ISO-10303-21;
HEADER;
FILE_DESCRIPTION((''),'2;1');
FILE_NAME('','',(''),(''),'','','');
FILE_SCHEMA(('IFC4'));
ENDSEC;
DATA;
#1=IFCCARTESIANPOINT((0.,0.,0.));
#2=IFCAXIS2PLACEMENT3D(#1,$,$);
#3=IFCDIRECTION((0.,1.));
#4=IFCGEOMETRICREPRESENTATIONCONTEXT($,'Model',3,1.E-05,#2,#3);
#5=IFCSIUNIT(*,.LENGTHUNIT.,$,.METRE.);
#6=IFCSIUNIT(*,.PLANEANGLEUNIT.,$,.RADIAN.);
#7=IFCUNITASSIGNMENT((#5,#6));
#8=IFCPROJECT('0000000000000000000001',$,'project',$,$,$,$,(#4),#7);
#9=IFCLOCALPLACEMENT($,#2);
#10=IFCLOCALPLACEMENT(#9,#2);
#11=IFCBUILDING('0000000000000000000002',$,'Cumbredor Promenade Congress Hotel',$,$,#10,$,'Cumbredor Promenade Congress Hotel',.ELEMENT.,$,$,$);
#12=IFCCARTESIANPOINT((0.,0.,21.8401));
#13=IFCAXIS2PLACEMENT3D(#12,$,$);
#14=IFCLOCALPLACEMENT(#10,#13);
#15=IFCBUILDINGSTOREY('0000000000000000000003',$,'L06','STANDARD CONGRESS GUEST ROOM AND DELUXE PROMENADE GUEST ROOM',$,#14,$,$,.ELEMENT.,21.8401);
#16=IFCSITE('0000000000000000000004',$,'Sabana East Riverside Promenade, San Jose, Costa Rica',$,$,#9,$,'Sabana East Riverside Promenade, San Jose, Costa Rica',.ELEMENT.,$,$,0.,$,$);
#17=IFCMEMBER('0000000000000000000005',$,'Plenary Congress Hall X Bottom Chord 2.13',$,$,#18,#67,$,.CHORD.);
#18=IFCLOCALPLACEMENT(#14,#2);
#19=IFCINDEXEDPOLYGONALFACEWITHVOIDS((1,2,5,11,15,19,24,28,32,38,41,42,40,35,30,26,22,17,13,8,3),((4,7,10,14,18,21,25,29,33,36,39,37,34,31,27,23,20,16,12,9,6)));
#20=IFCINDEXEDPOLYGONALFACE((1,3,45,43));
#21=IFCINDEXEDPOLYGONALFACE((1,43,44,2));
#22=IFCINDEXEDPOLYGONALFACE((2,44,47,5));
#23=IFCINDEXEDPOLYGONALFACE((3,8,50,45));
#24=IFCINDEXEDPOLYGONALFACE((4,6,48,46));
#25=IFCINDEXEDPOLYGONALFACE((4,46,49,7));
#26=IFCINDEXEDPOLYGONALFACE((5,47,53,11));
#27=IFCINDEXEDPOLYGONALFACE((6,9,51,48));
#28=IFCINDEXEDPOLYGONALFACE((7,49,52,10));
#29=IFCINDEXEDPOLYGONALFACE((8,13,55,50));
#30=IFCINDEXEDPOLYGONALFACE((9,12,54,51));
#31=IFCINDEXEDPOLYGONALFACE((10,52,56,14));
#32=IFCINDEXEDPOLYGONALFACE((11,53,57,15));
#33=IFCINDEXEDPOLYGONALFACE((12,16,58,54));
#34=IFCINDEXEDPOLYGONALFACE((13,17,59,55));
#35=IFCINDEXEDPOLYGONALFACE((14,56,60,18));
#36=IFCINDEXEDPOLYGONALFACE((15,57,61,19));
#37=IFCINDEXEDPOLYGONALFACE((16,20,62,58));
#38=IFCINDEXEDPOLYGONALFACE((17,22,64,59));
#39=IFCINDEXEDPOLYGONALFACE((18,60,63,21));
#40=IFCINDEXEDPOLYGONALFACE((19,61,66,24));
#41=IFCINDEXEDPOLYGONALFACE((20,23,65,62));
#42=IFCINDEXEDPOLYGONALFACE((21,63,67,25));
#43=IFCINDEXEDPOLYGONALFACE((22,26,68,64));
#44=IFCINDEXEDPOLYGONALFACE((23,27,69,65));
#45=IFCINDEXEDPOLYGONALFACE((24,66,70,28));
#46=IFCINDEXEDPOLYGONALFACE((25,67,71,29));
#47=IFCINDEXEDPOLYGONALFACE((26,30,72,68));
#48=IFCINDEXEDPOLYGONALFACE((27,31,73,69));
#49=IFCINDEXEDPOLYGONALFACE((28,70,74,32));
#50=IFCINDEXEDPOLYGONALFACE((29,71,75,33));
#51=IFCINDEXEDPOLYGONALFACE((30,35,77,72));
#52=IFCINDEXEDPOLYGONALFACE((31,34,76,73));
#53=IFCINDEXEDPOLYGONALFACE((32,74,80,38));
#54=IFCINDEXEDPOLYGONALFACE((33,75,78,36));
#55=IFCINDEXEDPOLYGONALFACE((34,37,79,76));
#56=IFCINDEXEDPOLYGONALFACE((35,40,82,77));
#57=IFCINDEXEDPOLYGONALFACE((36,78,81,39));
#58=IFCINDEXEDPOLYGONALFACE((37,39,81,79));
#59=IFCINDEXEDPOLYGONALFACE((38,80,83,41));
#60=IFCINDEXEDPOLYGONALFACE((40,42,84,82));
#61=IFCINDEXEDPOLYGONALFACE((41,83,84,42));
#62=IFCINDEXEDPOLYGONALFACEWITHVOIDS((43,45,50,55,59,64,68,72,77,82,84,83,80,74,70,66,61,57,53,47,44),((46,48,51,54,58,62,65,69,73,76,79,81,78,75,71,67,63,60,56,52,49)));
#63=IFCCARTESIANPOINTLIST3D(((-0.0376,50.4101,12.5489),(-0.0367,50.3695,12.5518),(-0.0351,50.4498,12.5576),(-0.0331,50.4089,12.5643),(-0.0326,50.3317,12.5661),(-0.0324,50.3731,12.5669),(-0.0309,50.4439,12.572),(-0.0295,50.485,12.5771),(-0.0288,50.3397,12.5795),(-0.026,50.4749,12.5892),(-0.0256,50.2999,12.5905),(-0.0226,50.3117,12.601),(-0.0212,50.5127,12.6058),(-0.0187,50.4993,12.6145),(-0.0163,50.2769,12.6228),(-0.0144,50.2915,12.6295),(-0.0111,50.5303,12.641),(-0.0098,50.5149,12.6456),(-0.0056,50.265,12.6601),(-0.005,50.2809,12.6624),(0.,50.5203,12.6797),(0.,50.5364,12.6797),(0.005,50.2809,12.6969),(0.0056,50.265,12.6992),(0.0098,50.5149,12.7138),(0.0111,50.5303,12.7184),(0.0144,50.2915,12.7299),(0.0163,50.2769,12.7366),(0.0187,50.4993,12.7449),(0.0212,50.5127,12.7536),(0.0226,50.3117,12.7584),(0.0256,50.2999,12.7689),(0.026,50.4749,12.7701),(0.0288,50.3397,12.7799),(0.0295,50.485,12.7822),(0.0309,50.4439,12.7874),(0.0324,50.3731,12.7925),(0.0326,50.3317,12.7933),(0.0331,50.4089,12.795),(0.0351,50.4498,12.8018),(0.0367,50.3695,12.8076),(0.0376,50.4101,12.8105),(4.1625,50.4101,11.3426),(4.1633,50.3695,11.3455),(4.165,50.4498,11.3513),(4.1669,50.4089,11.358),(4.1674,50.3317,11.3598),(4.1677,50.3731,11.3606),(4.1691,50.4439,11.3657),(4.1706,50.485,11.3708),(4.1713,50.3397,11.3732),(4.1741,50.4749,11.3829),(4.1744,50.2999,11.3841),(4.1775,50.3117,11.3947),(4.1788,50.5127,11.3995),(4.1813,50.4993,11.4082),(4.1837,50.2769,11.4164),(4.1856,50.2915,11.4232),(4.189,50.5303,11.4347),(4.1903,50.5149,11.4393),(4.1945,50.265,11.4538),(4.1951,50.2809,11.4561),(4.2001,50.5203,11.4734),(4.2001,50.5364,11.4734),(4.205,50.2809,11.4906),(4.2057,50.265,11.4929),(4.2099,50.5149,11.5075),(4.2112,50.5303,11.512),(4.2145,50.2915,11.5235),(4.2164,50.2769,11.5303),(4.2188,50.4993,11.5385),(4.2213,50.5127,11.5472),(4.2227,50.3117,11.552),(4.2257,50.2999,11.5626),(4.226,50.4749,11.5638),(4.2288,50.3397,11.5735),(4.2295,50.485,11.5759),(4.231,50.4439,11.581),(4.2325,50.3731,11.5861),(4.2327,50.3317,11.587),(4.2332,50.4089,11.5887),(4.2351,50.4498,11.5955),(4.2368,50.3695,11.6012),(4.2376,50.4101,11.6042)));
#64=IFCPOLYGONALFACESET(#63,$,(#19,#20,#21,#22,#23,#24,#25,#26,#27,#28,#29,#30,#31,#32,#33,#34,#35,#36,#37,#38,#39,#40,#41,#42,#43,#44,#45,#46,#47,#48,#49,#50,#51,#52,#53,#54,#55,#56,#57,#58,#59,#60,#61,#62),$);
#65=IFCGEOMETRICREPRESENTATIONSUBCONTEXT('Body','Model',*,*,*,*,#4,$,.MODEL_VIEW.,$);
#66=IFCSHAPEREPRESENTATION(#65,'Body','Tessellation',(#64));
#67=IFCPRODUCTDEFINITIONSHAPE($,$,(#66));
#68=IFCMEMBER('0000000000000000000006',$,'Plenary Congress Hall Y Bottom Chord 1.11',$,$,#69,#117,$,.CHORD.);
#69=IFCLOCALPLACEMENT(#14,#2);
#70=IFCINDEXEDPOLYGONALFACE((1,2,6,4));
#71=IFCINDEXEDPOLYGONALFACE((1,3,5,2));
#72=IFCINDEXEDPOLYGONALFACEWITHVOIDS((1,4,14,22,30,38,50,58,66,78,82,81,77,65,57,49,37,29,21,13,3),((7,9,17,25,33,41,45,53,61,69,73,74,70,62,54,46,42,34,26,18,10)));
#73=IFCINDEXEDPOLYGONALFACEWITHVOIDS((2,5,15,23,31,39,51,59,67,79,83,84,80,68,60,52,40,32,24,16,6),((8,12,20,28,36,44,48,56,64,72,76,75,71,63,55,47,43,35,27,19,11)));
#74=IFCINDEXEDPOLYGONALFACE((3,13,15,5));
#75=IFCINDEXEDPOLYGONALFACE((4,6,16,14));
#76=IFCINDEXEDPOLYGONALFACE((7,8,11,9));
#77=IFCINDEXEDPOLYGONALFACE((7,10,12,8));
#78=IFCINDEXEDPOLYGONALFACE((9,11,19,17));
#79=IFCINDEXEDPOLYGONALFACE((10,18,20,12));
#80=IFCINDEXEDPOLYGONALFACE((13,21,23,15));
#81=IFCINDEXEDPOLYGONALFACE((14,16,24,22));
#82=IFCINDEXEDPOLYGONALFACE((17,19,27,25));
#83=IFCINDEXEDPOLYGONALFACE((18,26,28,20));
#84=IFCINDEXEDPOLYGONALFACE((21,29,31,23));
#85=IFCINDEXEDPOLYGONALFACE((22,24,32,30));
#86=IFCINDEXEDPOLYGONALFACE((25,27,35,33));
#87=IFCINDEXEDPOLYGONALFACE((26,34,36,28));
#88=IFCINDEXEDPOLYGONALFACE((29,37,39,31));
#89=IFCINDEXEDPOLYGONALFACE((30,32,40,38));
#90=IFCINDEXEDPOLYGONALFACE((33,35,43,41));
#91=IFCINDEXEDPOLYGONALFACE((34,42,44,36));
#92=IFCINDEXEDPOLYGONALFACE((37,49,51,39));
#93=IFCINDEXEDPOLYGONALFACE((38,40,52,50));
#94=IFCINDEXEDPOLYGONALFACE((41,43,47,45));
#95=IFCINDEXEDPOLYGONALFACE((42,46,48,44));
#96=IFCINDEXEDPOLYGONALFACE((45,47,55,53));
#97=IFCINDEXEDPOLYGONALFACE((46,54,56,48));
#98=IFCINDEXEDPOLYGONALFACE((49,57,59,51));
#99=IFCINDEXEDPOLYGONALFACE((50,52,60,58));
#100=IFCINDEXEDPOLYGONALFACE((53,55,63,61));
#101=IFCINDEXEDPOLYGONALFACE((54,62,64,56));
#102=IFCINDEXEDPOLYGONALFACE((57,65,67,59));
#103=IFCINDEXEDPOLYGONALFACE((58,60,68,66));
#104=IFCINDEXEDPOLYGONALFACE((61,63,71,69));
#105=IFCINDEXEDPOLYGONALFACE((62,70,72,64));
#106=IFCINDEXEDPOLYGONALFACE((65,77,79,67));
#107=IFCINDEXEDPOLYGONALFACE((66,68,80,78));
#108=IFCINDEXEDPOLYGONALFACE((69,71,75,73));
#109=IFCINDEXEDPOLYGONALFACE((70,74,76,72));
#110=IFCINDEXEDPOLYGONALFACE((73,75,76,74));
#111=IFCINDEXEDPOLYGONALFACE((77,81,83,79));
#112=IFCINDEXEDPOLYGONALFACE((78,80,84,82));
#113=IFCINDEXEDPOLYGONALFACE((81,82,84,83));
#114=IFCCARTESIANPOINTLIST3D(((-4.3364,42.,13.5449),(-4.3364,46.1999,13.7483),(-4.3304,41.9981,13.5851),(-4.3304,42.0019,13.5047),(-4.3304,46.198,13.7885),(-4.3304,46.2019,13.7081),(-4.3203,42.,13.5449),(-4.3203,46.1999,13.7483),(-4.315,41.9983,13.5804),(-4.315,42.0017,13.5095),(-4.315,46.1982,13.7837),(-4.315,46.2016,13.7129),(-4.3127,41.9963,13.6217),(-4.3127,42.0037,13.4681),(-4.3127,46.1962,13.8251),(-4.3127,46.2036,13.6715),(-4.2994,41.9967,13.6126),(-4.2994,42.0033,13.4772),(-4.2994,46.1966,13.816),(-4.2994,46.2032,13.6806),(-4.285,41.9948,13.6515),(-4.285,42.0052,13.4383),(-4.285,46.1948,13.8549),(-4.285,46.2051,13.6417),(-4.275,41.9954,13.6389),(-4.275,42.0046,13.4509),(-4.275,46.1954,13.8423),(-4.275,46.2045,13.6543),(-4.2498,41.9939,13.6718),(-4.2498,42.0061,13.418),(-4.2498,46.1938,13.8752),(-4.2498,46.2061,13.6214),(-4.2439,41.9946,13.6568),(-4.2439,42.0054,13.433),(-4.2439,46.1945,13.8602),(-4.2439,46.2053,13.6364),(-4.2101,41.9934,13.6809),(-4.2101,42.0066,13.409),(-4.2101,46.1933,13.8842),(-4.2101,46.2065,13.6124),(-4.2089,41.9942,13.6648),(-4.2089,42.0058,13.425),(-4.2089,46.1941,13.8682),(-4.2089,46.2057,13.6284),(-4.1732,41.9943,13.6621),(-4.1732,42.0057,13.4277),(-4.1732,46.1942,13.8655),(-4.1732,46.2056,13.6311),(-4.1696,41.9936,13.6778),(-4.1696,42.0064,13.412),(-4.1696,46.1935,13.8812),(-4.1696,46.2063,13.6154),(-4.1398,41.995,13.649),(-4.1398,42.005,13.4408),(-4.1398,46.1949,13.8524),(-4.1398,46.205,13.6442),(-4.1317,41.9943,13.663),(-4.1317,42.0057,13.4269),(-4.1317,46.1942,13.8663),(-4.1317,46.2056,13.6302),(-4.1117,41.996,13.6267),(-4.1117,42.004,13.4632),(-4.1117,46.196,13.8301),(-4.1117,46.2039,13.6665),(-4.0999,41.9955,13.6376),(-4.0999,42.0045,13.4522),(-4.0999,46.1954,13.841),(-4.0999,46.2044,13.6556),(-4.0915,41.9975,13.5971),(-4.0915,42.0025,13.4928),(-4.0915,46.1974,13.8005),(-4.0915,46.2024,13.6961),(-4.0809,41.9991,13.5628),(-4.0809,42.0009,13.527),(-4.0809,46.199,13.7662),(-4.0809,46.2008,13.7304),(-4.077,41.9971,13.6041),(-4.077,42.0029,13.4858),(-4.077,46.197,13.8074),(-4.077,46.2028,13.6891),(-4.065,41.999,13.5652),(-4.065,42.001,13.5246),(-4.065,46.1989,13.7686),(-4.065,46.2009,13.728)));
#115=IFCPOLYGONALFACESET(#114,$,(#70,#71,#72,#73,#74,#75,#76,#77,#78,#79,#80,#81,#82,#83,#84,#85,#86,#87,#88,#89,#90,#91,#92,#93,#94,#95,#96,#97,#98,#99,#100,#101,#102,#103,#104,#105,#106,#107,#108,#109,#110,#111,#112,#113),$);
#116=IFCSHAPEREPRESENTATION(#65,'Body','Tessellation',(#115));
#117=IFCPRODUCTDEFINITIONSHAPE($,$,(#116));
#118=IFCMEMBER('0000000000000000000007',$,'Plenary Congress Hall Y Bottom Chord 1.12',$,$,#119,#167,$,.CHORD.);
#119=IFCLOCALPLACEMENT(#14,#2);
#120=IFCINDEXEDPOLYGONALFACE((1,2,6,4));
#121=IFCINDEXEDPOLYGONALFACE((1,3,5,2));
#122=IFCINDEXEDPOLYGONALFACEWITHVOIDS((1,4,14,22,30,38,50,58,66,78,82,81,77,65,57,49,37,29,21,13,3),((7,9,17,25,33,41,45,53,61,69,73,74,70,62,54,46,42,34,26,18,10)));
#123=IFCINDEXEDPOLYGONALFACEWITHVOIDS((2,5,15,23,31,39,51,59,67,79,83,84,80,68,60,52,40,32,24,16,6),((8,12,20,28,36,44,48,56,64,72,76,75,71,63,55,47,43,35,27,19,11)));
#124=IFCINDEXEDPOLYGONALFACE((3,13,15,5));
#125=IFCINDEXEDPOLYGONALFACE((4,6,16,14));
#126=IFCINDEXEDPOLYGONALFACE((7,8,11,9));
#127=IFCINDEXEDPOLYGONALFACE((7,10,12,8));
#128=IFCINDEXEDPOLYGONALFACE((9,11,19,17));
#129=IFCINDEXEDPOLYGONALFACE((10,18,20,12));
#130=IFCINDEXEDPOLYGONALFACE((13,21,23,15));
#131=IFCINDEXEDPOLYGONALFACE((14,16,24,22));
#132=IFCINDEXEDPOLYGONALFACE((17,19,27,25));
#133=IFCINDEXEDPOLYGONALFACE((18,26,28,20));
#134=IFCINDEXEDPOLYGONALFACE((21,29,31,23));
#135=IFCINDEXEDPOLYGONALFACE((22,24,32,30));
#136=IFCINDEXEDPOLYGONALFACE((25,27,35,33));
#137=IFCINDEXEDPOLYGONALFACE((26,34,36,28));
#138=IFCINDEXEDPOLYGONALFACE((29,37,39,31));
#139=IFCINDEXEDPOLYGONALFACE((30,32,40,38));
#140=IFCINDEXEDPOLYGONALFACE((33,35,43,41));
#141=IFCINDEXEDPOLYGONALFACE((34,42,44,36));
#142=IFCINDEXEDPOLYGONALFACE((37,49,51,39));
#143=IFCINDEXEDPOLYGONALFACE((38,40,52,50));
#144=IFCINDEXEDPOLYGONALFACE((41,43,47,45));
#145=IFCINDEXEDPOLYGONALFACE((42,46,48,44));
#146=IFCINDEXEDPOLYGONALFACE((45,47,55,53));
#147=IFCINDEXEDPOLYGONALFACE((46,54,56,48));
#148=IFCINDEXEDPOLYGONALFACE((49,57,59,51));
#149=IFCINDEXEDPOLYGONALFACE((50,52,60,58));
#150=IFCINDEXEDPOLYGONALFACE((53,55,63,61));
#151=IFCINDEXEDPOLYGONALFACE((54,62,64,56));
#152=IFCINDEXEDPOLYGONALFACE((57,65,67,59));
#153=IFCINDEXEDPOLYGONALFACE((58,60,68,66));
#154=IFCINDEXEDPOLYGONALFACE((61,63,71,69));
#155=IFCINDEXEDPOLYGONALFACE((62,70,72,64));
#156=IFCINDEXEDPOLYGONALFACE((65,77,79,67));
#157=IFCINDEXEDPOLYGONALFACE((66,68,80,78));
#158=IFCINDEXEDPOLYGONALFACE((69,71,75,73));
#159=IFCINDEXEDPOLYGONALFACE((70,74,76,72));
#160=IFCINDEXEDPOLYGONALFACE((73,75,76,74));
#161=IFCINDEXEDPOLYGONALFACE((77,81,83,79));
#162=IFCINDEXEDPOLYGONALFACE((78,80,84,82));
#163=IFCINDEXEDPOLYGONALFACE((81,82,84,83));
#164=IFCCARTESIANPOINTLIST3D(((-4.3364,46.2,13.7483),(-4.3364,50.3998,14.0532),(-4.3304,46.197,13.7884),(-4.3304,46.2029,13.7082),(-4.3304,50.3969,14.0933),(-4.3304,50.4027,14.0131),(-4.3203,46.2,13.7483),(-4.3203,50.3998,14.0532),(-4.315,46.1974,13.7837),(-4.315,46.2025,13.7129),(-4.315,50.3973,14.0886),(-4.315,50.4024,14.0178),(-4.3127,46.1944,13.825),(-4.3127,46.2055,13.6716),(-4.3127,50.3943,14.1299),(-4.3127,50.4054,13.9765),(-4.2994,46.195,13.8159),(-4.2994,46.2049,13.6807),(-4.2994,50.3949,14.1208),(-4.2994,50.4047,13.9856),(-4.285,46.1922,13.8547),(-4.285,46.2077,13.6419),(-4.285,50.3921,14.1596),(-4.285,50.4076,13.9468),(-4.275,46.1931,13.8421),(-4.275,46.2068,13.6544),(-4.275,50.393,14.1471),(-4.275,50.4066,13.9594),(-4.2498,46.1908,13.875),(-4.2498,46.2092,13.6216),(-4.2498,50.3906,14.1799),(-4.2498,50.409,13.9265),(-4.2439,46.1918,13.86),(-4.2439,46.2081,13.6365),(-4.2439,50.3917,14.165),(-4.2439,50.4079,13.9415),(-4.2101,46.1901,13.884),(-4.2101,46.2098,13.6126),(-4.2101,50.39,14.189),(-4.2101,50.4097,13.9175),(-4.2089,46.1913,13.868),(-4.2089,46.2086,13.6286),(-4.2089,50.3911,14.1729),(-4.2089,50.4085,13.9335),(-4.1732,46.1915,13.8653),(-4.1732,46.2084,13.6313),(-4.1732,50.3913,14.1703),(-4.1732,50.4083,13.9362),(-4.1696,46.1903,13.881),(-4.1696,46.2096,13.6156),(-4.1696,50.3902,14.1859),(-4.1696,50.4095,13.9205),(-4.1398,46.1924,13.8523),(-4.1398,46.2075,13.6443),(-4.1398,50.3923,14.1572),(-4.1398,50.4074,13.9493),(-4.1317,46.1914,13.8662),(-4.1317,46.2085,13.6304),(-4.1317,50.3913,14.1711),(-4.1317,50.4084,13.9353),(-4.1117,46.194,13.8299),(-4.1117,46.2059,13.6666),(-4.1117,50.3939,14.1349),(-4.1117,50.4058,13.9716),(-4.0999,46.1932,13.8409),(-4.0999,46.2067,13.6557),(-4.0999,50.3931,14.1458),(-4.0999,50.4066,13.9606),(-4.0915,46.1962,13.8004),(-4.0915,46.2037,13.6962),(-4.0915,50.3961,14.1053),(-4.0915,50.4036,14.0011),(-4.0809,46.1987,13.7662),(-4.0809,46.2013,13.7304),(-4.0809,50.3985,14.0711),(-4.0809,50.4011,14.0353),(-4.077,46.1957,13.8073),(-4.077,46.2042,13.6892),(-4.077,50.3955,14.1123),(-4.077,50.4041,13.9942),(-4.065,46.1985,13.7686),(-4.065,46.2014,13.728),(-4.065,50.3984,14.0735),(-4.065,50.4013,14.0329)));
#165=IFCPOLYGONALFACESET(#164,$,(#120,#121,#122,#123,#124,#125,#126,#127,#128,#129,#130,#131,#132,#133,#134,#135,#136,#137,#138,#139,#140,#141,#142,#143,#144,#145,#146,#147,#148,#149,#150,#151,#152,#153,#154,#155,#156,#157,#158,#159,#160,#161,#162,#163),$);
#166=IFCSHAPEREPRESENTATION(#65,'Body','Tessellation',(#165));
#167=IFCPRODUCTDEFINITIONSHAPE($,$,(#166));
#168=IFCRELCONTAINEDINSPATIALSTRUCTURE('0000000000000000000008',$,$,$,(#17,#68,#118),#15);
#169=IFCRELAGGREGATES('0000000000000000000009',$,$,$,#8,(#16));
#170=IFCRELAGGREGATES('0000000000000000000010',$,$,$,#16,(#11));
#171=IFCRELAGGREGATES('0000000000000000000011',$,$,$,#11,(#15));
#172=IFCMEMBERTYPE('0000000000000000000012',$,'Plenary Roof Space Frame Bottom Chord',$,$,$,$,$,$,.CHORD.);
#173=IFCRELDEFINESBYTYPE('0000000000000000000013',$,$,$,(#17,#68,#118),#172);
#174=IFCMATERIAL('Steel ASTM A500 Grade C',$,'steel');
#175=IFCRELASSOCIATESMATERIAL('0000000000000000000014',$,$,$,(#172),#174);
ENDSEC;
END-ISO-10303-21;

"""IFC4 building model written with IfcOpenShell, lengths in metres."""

from ifc_helpers import new_model, si_unit, direction, frame, origin, origin_2d, place, context, subcontext, project, spatial, hollow_circle, extrude, material, material_profile, profile_set, type_object, element, save


model = new_model("IFC4")

# Units and contexts
model_context = context("Model", 3, precision=1e-05, world=origin(), true_north=direction((0.0, 1.0)))
body_context = subcontext(model_context, "Body", "Model", "MODEL_VIEW")
ifc_project = project(units=[si_unit("LENGTHUNIT", "METRE"), si_unit("PLANEANGLEUNIT", "RADIAN")], contexts=[model_context])

# Site, building, storey
site_placement = place(None, origin())
site = spatial("IfcSite", under=ifc_project, at=site_placement, Name="Sabana East Riverside Promenade, San Jose, Costa Rica", LongName="Sabana East Riverside Promenade, San Jose, Costa Rica", CompositionType="ELEMENT", RefElevation=0.0)
building_placement = place(site_placement, origin())
building = spatial("IfcBuilding", under=site, at=building_placement, Name="Cumbredor Promenade Congress Hotel", LongName="Cumbredor Promenade Congress Hotel", CompositionType="ELEMENT")
storey_placement = place(building_placement, frame((0.0, 0.0, 21.8401)))
storey = spatial("IfcBuildingStorey", under=building, at=storey_placement, Name="L06", Description="STANDARD CONGRESS GUEST ROOM AND DELUXE PROMENADE GUEST ROOM", CompositionType="ELEMENT", Elevation=21.8401)

# Members
ifc_material_1 = material(Name="Steel ASTM A500 Grade C", Category="steel")
ifc_material_profile_1 = material_profile(ifc_material_1, hollow_circle(Radius=0.1365, WallThickness=0.0161, at=origin_2d()), Name="CHS 273.0x16")
ifc_profile_set_1 = profile_set([ifc_material_profile_1], Name="Steel ASTM A500 Grade C")
member_type_1 = type_object("IfcMemberType", Name="Plenary Roof Space Frame Bottom Chord", PredefinedType="CHORD", material=ifc_profile_set_1)
member_1_placement = place(storey_placement, frame((0.0, 50.3999, 12.6797), z_axis=(0.961141, 0.0, -0.276056), x_axis=(0.0, 1.0, 0.0)))
element("IfcMember", 1, at=member_1_placement, inside=storey, type_object=member_type_1, Name="Plenary Congress Hall X Bottom Chord 2.13", PredefinedType="CHORD", context=body_context, shape_type="SweptSolid", body=[
    extrude(hollow_circle(Radius=0.1365, WallThickness=0.0161, at=origin_2d()), origin(), (0.0, 0.0, 1.0), 4.3699),
])
member_2_placement = place(storey_placement, frame((-4.2, 42.0, 13.5449), z_axis=(0.0, 0.99883, 0.048365), x_axis=(-1.0, 0.0, 0.0)))
element("IfcMember", 2, at=member_2_placement, inside=storey, type_object=member_type_1, Name="Plenary Congress Hall Y Bottom Chord 1.11", PredefinedType="CHORD", context=body_context, shape_type="SweptSolid", body=[
    extrude(hollow_circle(Radius=0.1365, WallThickness=0.0161, at=origin_2d()), origin(), (0.0, 0.0, 1.0), 4.2048),
])
member_3_placement = place(storey_placement, frame((-4.2, 46.2, 13.7483), z_axis=(0.0, 0.997375, 0.072413), x_axis=(-1.0, 0.0, 0.0)))
element("IfcMember", 3, at=member_3_placement, inside=storey, type_object=member_type_1, Name="Plenary Congress Hall Y Bottom Chord 1.12", PredefinedType="CHORD", context=body_context, shape_type="SweptSolid", body=[
    extrude(hollow_circle(Radius=0.1365, WallThickness=0.0161, at=origin_2d()), origin(), (0.0, 0.0, 1.0), 4.2109),
])

save(model, "model.ifc")
